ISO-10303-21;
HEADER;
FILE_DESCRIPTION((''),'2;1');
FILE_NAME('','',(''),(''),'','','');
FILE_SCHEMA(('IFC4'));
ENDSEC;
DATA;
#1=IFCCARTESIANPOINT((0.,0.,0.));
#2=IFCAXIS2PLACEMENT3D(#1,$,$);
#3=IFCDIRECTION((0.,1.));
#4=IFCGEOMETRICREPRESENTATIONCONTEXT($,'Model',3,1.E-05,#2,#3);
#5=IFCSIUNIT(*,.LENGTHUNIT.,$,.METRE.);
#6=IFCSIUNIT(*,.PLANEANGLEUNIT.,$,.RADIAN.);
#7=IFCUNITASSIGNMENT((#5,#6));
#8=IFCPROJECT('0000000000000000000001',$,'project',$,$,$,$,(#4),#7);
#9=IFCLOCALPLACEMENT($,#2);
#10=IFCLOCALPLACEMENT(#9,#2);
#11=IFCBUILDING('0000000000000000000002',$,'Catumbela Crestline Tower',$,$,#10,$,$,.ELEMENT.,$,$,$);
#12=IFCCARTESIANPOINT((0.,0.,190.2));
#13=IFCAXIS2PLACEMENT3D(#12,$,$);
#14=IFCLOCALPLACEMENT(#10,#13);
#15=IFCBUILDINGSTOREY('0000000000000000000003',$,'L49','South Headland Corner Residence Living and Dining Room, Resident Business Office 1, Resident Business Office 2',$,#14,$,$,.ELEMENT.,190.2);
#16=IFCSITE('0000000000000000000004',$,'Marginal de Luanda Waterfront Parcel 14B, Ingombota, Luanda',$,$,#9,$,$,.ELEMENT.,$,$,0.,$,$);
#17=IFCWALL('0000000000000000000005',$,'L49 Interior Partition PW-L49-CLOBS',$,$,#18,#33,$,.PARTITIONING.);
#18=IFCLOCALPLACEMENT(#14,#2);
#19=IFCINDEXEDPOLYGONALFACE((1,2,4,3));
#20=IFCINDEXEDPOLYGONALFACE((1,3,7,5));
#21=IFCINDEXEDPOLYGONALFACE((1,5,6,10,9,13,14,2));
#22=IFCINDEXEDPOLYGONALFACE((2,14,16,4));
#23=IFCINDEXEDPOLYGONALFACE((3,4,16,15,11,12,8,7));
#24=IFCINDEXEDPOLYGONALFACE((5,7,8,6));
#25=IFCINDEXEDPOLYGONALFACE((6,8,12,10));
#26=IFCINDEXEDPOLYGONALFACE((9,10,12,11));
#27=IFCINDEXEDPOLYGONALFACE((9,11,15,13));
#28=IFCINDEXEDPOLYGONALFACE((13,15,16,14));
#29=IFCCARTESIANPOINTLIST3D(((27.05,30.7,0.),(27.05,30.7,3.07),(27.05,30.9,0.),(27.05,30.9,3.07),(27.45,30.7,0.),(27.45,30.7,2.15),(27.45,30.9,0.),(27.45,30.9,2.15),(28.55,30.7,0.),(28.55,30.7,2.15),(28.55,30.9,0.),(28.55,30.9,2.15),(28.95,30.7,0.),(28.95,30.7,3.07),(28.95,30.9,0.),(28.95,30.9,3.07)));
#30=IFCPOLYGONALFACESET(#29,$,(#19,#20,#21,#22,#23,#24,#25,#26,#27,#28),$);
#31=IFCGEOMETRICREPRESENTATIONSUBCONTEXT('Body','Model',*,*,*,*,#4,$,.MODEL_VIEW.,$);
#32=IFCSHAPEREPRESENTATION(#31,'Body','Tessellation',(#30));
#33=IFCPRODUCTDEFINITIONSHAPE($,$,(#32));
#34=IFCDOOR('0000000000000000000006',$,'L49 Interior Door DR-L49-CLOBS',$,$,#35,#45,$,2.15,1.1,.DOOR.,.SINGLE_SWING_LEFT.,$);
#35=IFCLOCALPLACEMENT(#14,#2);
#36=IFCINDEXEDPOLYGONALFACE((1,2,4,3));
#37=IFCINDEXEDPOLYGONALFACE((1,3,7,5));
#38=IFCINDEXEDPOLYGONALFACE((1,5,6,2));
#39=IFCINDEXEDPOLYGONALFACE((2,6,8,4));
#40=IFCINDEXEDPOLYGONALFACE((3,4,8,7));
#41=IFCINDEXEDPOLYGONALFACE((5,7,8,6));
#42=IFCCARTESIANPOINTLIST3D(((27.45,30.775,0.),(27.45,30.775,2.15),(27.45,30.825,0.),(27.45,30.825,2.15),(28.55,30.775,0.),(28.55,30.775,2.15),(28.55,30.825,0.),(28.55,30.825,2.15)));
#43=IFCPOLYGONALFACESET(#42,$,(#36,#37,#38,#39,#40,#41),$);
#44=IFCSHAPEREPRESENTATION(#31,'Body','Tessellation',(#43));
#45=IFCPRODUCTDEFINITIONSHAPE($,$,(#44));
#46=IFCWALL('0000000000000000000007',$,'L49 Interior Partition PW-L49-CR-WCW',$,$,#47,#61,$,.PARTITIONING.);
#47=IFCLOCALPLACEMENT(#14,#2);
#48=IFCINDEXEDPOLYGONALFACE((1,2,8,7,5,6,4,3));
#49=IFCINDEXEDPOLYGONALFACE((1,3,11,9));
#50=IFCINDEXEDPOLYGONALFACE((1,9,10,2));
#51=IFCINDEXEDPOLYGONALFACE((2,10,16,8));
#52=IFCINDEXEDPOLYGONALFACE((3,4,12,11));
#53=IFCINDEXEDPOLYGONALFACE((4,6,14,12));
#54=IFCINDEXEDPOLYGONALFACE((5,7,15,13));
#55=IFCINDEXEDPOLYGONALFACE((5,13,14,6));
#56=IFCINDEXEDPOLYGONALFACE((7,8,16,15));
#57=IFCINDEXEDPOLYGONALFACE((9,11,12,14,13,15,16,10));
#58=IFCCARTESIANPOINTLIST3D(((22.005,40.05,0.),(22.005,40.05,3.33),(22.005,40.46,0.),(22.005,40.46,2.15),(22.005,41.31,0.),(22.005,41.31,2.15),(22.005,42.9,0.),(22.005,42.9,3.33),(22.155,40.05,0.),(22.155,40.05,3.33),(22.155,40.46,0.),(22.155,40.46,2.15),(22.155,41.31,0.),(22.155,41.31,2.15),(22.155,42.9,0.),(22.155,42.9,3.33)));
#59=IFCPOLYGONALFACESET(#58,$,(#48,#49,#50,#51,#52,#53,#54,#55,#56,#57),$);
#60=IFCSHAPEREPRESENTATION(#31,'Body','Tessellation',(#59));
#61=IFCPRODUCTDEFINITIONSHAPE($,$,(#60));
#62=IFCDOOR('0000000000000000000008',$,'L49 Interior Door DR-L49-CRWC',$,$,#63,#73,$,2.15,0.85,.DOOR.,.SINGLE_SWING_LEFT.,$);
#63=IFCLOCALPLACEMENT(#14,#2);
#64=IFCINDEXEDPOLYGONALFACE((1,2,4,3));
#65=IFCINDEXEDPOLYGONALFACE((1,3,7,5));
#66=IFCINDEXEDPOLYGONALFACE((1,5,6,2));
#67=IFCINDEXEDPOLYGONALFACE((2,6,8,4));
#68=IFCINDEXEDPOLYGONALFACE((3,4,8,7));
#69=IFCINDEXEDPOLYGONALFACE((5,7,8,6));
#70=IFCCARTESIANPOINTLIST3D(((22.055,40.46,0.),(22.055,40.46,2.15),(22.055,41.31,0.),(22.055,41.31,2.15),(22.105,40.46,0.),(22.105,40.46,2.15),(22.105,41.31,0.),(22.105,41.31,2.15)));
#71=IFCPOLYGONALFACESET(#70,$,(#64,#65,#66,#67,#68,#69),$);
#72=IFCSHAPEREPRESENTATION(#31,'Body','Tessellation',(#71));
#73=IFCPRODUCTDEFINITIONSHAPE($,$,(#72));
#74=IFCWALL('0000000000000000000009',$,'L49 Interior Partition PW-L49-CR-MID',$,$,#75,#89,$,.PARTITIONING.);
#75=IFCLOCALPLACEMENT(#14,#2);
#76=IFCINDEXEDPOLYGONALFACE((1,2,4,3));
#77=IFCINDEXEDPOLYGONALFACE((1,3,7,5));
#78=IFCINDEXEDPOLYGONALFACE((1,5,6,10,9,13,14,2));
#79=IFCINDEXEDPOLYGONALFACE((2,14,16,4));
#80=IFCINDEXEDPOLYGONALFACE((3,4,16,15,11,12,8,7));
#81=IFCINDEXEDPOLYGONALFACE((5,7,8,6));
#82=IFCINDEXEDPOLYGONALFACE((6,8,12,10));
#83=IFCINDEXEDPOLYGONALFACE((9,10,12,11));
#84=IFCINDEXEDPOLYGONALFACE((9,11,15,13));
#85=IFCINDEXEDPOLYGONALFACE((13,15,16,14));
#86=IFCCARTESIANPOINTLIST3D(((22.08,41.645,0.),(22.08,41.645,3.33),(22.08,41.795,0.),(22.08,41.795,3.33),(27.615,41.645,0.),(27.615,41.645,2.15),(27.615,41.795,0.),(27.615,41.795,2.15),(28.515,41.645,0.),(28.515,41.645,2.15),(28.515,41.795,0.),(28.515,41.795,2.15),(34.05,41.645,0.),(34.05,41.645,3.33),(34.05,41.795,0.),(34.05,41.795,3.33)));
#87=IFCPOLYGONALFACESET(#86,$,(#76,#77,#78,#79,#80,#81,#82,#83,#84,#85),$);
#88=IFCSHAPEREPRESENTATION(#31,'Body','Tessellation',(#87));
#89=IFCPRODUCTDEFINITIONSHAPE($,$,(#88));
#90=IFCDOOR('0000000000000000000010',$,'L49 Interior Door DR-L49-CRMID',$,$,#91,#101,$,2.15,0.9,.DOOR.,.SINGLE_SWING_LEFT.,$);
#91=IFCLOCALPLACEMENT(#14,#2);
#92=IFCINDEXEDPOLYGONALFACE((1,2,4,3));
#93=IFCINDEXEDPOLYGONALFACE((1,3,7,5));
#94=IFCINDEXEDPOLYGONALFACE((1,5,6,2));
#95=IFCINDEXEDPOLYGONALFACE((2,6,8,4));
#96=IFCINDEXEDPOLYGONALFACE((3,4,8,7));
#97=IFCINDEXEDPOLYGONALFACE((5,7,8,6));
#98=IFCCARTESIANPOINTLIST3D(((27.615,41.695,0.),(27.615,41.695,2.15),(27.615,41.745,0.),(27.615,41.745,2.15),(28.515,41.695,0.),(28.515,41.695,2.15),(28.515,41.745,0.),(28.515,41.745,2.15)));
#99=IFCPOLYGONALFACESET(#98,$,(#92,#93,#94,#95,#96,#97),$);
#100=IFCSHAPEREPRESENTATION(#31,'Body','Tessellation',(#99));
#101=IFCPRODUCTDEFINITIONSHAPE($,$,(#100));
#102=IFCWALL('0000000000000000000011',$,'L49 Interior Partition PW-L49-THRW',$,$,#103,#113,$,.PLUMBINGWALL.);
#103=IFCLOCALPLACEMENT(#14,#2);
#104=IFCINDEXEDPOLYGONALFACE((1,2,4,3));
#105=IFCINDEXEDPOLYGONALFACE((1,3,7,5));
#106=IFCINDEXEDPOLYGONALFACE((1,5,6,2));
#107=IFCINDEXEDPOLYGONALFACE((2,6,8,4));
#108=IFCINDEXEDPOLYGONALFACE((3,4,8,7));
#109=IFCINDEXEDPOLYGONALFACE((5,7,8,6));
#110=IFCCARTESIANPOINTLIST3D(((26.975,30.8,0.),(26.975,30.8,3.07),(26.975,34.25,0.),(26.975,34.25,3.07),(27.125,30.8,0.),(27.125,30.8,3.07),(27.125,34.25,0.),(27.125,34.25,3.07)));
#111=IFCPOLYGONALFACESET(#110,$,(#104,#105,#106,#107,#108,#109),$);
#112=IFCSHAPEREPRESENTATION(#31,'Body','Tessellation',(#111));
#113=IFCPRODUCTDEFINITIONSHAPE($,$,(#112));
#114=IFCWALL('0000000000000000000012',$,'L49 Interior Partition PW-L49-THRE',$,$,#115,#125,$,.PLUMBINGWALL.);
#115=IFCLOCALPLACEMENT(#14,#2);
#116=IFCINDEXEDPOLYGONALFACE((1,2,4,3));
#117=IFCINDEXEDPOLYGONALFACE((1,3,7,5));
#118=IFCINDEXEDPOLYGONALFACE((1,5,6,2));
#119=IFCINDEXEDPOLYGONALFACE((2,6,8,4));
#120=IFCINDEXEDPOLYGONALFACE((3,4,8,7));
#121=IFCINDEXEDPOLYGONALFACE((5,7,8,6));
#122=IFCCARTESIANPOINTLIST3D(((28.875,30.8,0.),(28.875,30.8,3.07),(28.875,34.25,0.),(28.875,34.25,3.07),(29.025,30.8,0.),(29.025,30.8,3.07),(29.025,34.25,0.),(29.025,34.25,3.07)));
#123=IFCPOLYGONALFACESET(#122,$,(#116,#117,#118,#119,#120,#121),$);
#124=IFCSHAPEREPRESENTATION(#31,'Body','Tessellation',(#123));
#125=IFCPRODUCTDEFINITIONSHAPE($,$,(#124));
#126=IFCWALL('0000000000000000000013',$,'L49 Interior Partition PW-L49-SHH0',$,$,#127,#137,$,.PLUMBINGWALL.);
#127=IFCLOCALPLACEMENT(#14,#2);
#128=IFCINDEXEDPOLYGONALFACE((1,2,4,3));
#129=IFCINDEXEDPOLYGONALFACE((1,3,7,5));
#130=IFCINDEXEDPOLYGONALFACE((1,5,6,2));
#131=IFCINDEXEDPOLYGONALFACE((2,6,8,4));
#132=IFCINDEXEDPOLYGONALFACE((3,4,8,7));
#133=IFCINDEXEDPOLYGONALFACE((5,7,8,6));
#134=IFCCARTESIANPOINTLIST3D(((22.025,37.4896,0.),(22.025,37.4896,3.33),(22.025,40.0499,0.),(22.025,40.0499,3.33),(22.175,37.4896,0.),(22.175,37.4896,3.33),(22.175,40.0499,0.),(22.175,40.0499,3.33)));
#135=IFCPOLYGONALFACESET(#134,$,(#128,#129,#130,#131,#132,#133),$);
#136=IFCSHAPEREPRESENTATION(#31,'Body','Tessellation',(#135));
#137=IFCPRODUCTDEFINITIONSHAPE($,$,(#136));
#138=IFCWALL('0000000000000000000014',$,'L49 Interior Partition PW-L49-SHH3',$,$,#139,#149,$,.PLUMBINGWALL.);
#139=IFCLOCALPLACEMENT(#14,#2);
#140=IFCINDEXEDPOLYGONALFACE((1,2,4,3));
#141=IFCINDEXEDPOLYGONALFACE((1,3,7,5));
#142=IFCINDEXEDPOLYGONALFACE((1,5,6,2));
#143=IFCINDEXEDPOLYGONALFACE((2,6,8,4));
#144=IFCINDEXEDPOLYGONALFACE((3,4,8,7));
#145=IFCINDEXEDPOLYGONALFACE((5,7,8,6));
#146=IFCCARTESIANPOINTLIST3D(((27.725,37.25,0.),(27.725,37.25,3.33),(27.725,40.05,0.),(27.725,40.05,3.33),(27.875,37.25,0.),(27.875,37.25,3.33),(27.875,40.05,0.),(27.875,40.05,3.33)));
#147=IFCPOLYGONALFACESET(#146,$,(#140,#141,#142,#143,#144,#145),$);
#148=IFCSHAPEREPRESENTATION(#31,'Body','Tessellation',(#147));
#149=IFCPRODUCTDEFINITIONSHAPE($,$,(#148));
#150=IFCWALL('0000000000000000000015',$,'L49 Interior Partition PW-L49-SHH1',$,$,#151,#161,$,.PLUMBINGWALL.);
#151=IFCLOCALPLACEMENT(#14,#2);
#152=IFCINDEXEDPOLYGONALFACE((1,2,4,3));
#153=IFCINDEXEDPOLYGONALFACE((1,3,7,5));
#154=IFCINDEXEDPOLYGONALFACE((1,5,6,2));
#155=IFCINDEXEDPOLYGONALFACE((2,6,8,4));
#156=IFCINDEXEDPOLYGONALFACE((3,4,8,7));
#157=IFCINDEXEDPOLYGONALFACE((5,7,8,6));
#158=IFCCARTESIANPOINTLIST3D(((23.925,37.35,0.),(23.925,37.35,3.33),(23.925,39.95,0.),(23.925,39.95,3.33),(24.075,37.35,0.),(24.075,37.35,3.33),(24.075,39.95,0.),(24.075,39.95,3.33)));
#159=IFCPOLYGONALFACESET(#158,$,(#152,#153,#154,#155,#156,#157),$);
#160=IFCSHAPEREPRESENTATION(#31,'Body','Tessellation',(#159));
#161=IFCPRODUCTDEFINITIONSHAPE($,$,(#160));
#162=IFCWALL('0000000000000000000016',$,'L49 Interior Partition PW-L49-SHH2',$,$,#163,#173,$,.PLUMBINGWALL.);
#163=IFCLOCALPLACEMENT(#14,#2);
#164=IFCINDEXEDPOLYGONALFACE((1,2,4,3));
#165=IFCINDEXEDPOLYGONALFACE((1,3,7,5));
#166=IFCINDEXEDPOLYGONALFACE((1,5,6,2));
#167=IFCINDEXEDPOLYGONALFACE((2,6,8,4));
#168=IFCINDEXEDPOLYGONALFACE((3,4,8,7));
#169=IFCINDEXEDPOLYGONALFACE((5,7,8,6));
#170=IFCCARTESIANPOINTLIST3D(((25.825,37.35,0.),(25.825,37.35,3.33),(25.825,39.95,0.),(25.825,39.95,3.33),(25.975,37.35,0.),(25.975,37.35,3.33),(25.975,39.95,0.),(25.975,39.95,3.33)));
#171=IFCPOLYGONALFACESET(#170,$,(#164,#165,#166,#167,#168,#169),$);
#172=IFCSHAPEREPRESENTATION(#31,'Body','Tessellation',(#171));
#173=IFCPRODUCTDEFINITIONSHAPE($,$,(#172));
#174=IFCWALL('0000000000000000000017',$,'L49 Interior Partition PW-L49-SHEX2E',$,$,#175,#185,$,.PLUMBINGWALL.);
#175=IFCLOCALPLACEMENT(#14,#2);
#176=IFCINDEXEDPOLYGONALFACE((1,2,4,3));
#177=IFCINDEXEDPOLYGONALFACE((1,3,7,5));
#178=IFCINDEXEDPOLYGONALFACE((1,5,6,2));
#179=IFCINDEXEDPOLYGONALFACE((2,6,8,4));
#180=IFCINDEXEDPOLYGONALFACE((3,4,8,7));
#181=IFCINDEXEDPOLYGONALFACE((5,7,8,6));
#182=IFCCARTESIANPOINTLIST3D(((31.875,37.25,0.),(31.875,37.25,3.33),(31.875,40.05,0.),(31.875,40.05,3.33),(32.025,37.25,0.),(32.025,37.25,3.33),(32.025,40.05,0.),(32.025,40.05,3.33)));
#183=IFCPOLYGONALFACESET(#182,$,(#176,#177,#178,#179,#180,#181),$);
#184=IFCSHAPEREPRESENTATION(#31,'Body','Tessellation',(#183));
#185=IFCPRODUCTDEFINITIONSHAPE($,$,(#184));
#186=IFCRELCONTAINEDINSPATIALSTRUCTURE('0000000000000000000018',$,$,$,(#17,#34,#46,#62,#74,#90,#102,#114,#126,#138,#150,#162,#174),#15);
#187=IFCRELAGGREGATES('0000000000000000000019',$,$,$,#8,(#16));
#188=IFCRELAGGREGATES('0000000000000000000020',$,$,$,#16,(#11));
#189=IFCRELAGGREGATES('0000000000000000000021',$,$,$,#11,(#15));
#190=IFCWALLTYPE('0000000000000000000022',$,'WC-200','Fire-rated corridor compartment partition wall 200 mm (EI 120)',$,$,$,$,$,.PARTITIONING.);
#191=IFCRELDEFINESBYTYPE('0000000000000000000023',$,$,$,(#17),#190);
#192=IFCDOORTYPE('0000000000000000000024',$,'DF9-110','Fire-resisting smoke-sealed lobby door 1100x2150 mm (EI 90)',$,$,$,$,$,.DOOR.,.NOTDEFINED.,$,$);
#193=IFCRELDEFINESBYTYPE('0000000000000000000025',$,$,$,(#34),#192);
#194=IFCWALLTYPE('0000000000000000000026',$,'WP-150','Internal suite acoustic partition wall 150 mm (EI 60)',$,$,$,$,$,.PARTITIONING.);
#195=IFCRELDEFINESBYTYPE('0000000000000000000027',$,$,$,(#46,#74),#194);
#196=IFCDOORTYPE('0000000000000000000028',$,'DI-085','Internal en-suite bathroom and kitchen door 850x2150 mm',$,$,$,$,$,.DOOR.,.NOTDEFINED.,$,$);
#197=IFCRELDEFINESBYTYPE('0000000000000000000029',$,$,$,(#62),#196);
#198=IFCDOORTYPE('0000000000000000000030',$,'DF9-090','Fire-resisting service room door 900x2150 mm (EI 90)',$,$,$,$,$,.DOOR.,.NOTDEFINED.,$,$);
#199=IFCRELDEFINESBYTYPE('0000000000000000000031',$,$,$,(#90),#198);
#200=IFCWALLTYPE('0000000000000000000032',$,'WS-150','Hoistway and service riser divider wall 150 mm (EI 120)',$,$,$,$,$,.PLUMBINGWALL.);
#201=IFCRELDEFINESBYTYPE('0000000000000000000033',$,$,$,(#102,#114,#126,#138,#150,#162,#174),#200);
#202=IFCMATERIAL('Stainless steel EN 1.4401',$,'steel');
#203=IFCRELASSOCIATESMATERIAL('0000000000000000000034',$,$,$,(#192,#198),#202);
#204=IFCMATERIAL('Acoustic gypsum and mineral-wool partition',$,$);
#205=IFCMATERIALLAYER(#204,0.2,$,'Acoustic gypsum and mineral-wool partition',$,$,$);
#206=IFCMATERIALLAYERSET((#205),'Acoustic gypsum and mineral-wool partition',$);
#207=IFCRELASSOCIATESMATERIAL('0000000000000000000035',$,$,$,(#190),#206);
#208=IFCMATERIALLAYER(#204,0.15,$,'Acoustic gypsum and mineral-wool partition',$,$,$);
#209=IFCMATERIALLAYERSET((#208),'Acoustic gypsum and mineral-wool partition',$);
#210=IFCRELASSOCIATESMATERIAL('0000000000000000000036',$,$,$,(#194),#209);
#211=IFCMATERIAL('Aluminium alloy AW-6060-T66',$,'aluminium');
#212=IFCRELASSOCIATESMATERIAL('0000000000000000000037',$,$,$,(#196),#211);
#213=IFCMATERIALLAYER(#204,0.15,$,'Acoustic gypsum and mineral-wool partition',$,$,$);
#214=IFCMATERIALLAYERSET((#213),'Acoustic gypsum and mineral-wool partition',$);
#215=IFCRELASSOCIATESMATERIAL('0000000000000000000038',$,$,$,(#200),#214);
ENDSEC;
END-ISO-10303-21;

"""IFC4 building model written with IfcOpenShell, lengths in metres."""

from ifc_helpers import new_model, si_unit, direction, frame, frame_2d, origin, place, context, subcontext, project, spatial, rectangle, extrude, material, layer, layer_set, type_object, element, fill, save


model = new_model("IFC4")

# Units and contexts
model_context = context("Model", 3, precision=1e-05, world=origin(), true_north=direction((0.0, 1.0)))
body_context = subcontext(model_context, "Body", "Model", "MODEL_VIEW")
ifc_project = project(units=[si_unit("LENGTHUNIT", "METRE"), si_unit("PLANEANGLEUNIT", "RADIAN")], contexts=[model_context])

# Site, building, storey
site_placement = place(None, origin())
site = spatial("IfcSite", under=ifc_project, at=site_placement, Name="Marginal de Luanda Waterfront Parcel 14B, Ingombota, Luanda", CompositionType="ELEMENT", RefElevation=0.0)
building_placement = place(site_placement, origin())
building = spatial("IfcBuilding", under=site, at=building_placement, Name="Catumbela Crestline Tower", CompositionType="ELEMENT")
storey_placement = place(building_placement, frame((0.0, 0.0, 190.2)))
storey = spatial("IfcBuildingStorey", under=building, at=storey_placement, Name="L49", Description="South Headland Corner Residence Living and Dining Room, Resident Business Office 1, Resident Business Office 2", CompositionType="ELEMENT", Elevation=190.2)

# Shared definitions
ifc_material_1 = material(Name="Stainless steel EN 1.4401", Category="steel")

# Walls, openings, doors
door_type_1 = type_object("IfcDoorType", Name="DF9-110", Description="Fire-resisting smoke-sealed lobby door 1100x2150 mm (EI 90)", OperationType="NOTDEFINED", PredefinedType="DOOR", material=ifc_material_1)
ifc_material_2 = material(Name="Acoustic gypsum and mineral-wool partition")
ifc_layer_1 = layer(ifc_material_2, 0.2, Name="Acoustic gypsum and mineral-wool partition")
ifc_layer_set_1 = layer_set([ifc_layer_1], Name="Acoustic gypsum and mineral-wool partition")
wall_type_1 = type_object("IfcWallType", Name="WC-200", Description="Fire-rated corridor compartment partition wall 200 mm (EI 120)", PredefinedType="PARTITIONING", material=ifc_layer_set_1)
wall_1_placement = place(storey_placement, frame((27.05, 30.8, 0.0), z_axis=(0.0, 0.0, 1.0), x_axis=(1.0, 0.0, 0.0)))
wall_1 = element("IfcWall", 1, at=wall_1_placement, inside=storey, type_object=wall_type_1, Name="L49 Interior Partition PW-L49-CLOBS", PredefinedType="PARTITIONING", context=body_context, shape_type="SweptSolid", body=[
    extrude(rectangle(XDim=1.9, YDim=0.2, at=frame_2d((0.95, 0.0))), origin(), (0.0, 0.0, 1.0), 3.07),
])
opening_1_placement = place(wall_1_placement, frame((0.4, 0.0, 0.0)))
opening_1 = element("IfcOpeningElement", 2, at=opening_1_placement, cuts=wall_1, PredefinedType="OPENING", context=body_context, shape_type="SweptSolid", body=[
    extrude(rectangle(XDim=1.1, YDim=2.15, at=frame_2d((0.55, 1.075))), frame((0.0, 0.11, 0.0), z_axis=(0.0, -1.0, 0.0), x_axis=(1.0, 0.0, 0.0)), (0.0, 0.0, 1.0), 0.22),
])
door_1_placement = place(opening_1_placement, origin())
door_1 = element("IfcDoor", 3, at=door_1_placement, inside=storey, type_object=door_type_1, Name="L49 Interior Door DR-L49-CLOBS", OperationType="SINGLE_SWING_LEFT", OverallHeight=2.15, OverallWidth=1.1, PredefinedType="DOOR", context=body_context, shape_type="SweptSolid", body=[
    extrude(rectangle(XDim=1.1, YDim=2.15, at=frame_2d((0.55, 1.075))), frame((0.0, 0.025, 0.0), z_axis=(0.0, -1.0, 0.0), x_axis=(1.0, 0.0, 0.0)), (0.0, 0.0, 1.0), 0.05),
])
fill(opening_1, door_1)
ifc_layer_2 = layer(ifc_material_2, 0.15, Name="Acoustic gypsum and mineral-wool partition")
ifc_layer_set_2 = layer_set([ifc_layer_2], Name="Acoustic gypsum and mineral-wool partition")
wall_type_2 = type_object("IfcWallType", Name="WP-150", Description="Internal suite acoustic partition wall 150 mm (EI 60)", PredefinedType="PARTITIONING", material=ifc_layer_set_2)
wall_2_placement = place(storey_placement, frame((22.08, 40.05, 0.0), z_axis=(0.0, 0.0, 1.0), x_axis=(0.0, 1.0, 0.0)))
wall_2 = element("IfcWall", 4, at=wall_2_placement, inside=storey, type_object=wall_type_2, Name="L49 Interior Partition PW-L49-CR-WCW", PredefinedType="PARTITIONING", context=body_context, shape_type="SweptSolid", body=[
    extrude(rectangle(XDim=2.85, YDim=0.15, at=frame_2d((1.425, 0.0))), origin(), (0.0, 0.0, 1.0), 3.33),
])
opening_2_placement = place(wall_2_placement, frame((0.41, 0.0, 0.0)))
opening_2 = element("IfcOpeningElement", 5, at=opening_2_placement, cuts=wall_2, PredefinedType="OPENING", context=body_context, shape_type="SweptSolid", body=[
    extrude(rectangle(XDim=0.85, YDim=2.15, at=frame_2d((0.425, 1.075))), frame((0.0, 0.085, 0.0), z_axis=(0.0, -1.0, 0.0), x_axis=(1.0, 0.0, 0.0)), (0.0, 0.0, 1.0), 0.17),
])
ifc_material_3 = material(Name="Aluminium alloy AW-6060-T66", Category="aluminium")
door_type_2 = type_object("IfcDoorType", Name="DI-085", Description="Internal en-suite bathroom and kitchen door 850x2150 mm", OperationType="NOTDEFINED", PredefinedType="DOOR", material=ifc_material_3)
door_2_placement = place(opening_2_placement, origin())
door_2 = element("IfcDoor", 6, at=door_2_placement, inside=storey, type_object=door_type_2, Name="L49 Interior Door DR-L49-CRWC", OperationType="SINGLE_SWING_LEFT", OverallHeight=2.15, OverallWidth=0.85, PredefinedType="DOOR", context=body_context, shape_type="SweptSolid", body=[
    extrude(rectangle(XDim=0.85, YDim=2.15, at=frame_2d((0.425, 1.075))), frame((0.0, 0.025, 0.0), z_axis=(0.0, -1.0, 0.0), x_axis=(1.0, 0.0, 0.0)), (0.0, 0.0, 1.0), 0.05),
])
fill(opening_2, door_2)
wall_3_placement = place(storey_placement, frame((22.08, 41.72, 0.0), z_axis=(0.0, 0.0, 1.0), x_axis=(1.0, 0.0, 0.0)))
wall_3 = element("IfcWall", 7, at=wall_3_placement, inside=storey, type_object=wall_type_2, Name="L49 Interior Partition PW-L49-CR-MID", PredefinedType="PARTITIONING", context=body_context, shape_type="SweptSolid", body=[
    extrude(rectangle(XDim=11.97, YDim=0.15, at=frame_2d((5.985, 0.0))), origin(), (0.0, 0.0, 1.0), 3.33),
])
opening_3_placement = place(wall_3_placement, frame((5.535, 0.0, 0.0)))
opening_3 = element("IfcOpeningElement", 8, at=opening_3_placement, cuts=wall_3, PredefinedType="OPENING", context=body_context, shape_type="SweptSolid", body=[
    extrude(rectangle(XDim=0.9, YDim=2.15, at=frame_2d((0.45, 1.075))), frame((0.0, 0.085, 0.0), z_axis=(0.0, -1.0, 0.0), x_axis=(1.0, 0.0, 0.0)), (0.0, 0.0, 1.0), 0.17),
])
door_type_3 = type_object("IfcDoorType", Name="DF9-090", Description="Fire-resisting service room door 900x2150 mm (EI 90)", OperationType="NOTDEFINED", PredefinedType="DOOR", material=ifc_material_1)
door_3_placement = place(opening_3_placement, origin())
door_3 = element("IfcDoor", 9, at=door_3_placement, inside=storey, type_object=door_type_3, Name="L49 Interior Door DR-L49-CRMID", OperationType="SINGLE_SWING_LEFT", OverallHeight=2.15, OverallWidth=0.9, PredefinedType="DOOR", context=body_context, shape_type="SweptSolid", body=[
    extrude(rectangle(XDim=0.9, YDim=2.15, at=frame_2d((0.45, 1.075))), frame((0.0, 0.025, 0.0), z_axis=(0.0, -1.0, 0.0), x_axis=(1.0, 0.0, 0.0)), (0.0, 0.0, 1.0), 0.05),
])
fill(opening_3, door_3)

# Walls
ifc_layer_3 = layer(ifc_material_2, 0.15, Name="Acoustic gypsum and mineral-wool partition")
ifc_layer_set_3 = layer_set([ifc_layer_3], Name="Acoustic gypsum and mineral-wool partition")
wall_type_3 = type_object("IfcWallType", Name="WS-150", Description="Hoistway and service riser divider wall 150 mm (EI 120)", PredefinedType="PLUMBINGWALL", material=ifc_layer_set_3)
for number, where, z_axis, x_axis, name in (
    (10, (27.05, 30.8, 0.0), (0.0, 0.0, 1.0), (0.0, 1.0, 0.0), "L49 Interior Partition PW-L49-THRW"),
    (11, (28.95, 30.8, 0.0), (0.0, 0.0, 1.0), (0.0, 1.0, 0.0), "L49 Interior Partition PW-L49-THRE"),
):
    element("IfcWall", number, at=place(storey_placement, frame(where, z_axis=z_axis, x_axis=x_axis)), inside=storey, type_object=wall_type_3, Name=name, PredefinedType="PLUMBINGWALL", context=body_context, shape_type="SweptSolid", body=[
        extrude(rectangle(XDim=3.45, YDim=0.15, at=frame_2d((1.725, 0.0))), origin(), (0.0, 0.0, 1.0), 3.07),
    ])
wall_4_placement = place(storey_placement, frame((22.1, 37.4897, 0.0), z_axis=(0.0, 0.0, 1.0), x_axis=(0.0, 1.0, 0.0)))
element("IfcWall", 12, at=wall_4_placement, inside=storey, type_object=wall_type_3, Name="L49 Interior Partition PW-L49-SHH0", PredefinedType="PLUMBINGWALL", context=body_context, shape_type="SweptSolid", body=[
    extrude(rectangle(XDim=2.5603, YDim=0.15, at=frame_2d((1.2801, 0.0))), origin(), (0.0, 0.0, 1.0), 3.33),
])
wall_5_placement = place(storey_placement, frame((27.8, 37.25, 0.0), z_axis=(0.0, 0.0, 1.0), x_axis=(0.0, 1.0, 0.0)))
element("IfcWall", 13, at=wall_5_placement, inside=storey, type_object=wall_type_3, Name="L49 Interior Partition PW-L49-SHH3", PredefinedType="PLUMBINGWALL", context=body_context, shape_type="SweptSolid", body=[
    extrude(rectangle(XDim=2.8, YDim=0.15, at=frame_2d((1.4, 0.0))), origin(), (0.0, 0.0, 1.0), 3.33),
])
for number, where, z_axis, x_axis, name in (
    (14, (24.0, 37.35, 0.0), (0.0, 0.0, 1.0), (0.0, 1.0, 0.0), "L49 Interior Partition PW-L49-SHH1"),
    (15, (25.9, 37.35, 0.0), (0.0, 0.0, 1.0), (0.0, 1.0, 0.0), "L49 Interior Partition PW-L49-SHH2"),
):
    element("IfcWall", number, at=place(storey_placement, frame(where, z_axis=z_axis, x_axis=x_axis)), inside=storey, type_object=wall_type_3, Name=name, PredefinedType="PLUMBINGWALL", context=body_context, shape_type="SweptSolid", body=[
        extrude(rectangle(XDim=2.6, YDim=0.15, at=frame_2d((1.3, 0.0))), origin(), (0.0, 0.0, 1.0), 3.33),
    ])
wall_6_placement = place(storey_placement, frame((31.95, 37.25, 0.0), z_axis=(0.0, 0.0, 1.0), x_axis=(0.0, 1.0, 0.0)))
element("IfcWall", 16, at=wall_6_placement, inside=storey, type_object=wall_type_3, Name="L49 Interior Partition PW-L49-SHEX2E", PredefinedType="PLUMBINGWALL", context=body_context, shape_type="SweptSolid", body=[
    extrude(rectangle(XDim=2.8, YDim=0.15, at=frame_2d((1.4, 0.0))), origin(), (0.0, 0.0, 1.0), 3.33),
])

save(model, "model.ifc")
